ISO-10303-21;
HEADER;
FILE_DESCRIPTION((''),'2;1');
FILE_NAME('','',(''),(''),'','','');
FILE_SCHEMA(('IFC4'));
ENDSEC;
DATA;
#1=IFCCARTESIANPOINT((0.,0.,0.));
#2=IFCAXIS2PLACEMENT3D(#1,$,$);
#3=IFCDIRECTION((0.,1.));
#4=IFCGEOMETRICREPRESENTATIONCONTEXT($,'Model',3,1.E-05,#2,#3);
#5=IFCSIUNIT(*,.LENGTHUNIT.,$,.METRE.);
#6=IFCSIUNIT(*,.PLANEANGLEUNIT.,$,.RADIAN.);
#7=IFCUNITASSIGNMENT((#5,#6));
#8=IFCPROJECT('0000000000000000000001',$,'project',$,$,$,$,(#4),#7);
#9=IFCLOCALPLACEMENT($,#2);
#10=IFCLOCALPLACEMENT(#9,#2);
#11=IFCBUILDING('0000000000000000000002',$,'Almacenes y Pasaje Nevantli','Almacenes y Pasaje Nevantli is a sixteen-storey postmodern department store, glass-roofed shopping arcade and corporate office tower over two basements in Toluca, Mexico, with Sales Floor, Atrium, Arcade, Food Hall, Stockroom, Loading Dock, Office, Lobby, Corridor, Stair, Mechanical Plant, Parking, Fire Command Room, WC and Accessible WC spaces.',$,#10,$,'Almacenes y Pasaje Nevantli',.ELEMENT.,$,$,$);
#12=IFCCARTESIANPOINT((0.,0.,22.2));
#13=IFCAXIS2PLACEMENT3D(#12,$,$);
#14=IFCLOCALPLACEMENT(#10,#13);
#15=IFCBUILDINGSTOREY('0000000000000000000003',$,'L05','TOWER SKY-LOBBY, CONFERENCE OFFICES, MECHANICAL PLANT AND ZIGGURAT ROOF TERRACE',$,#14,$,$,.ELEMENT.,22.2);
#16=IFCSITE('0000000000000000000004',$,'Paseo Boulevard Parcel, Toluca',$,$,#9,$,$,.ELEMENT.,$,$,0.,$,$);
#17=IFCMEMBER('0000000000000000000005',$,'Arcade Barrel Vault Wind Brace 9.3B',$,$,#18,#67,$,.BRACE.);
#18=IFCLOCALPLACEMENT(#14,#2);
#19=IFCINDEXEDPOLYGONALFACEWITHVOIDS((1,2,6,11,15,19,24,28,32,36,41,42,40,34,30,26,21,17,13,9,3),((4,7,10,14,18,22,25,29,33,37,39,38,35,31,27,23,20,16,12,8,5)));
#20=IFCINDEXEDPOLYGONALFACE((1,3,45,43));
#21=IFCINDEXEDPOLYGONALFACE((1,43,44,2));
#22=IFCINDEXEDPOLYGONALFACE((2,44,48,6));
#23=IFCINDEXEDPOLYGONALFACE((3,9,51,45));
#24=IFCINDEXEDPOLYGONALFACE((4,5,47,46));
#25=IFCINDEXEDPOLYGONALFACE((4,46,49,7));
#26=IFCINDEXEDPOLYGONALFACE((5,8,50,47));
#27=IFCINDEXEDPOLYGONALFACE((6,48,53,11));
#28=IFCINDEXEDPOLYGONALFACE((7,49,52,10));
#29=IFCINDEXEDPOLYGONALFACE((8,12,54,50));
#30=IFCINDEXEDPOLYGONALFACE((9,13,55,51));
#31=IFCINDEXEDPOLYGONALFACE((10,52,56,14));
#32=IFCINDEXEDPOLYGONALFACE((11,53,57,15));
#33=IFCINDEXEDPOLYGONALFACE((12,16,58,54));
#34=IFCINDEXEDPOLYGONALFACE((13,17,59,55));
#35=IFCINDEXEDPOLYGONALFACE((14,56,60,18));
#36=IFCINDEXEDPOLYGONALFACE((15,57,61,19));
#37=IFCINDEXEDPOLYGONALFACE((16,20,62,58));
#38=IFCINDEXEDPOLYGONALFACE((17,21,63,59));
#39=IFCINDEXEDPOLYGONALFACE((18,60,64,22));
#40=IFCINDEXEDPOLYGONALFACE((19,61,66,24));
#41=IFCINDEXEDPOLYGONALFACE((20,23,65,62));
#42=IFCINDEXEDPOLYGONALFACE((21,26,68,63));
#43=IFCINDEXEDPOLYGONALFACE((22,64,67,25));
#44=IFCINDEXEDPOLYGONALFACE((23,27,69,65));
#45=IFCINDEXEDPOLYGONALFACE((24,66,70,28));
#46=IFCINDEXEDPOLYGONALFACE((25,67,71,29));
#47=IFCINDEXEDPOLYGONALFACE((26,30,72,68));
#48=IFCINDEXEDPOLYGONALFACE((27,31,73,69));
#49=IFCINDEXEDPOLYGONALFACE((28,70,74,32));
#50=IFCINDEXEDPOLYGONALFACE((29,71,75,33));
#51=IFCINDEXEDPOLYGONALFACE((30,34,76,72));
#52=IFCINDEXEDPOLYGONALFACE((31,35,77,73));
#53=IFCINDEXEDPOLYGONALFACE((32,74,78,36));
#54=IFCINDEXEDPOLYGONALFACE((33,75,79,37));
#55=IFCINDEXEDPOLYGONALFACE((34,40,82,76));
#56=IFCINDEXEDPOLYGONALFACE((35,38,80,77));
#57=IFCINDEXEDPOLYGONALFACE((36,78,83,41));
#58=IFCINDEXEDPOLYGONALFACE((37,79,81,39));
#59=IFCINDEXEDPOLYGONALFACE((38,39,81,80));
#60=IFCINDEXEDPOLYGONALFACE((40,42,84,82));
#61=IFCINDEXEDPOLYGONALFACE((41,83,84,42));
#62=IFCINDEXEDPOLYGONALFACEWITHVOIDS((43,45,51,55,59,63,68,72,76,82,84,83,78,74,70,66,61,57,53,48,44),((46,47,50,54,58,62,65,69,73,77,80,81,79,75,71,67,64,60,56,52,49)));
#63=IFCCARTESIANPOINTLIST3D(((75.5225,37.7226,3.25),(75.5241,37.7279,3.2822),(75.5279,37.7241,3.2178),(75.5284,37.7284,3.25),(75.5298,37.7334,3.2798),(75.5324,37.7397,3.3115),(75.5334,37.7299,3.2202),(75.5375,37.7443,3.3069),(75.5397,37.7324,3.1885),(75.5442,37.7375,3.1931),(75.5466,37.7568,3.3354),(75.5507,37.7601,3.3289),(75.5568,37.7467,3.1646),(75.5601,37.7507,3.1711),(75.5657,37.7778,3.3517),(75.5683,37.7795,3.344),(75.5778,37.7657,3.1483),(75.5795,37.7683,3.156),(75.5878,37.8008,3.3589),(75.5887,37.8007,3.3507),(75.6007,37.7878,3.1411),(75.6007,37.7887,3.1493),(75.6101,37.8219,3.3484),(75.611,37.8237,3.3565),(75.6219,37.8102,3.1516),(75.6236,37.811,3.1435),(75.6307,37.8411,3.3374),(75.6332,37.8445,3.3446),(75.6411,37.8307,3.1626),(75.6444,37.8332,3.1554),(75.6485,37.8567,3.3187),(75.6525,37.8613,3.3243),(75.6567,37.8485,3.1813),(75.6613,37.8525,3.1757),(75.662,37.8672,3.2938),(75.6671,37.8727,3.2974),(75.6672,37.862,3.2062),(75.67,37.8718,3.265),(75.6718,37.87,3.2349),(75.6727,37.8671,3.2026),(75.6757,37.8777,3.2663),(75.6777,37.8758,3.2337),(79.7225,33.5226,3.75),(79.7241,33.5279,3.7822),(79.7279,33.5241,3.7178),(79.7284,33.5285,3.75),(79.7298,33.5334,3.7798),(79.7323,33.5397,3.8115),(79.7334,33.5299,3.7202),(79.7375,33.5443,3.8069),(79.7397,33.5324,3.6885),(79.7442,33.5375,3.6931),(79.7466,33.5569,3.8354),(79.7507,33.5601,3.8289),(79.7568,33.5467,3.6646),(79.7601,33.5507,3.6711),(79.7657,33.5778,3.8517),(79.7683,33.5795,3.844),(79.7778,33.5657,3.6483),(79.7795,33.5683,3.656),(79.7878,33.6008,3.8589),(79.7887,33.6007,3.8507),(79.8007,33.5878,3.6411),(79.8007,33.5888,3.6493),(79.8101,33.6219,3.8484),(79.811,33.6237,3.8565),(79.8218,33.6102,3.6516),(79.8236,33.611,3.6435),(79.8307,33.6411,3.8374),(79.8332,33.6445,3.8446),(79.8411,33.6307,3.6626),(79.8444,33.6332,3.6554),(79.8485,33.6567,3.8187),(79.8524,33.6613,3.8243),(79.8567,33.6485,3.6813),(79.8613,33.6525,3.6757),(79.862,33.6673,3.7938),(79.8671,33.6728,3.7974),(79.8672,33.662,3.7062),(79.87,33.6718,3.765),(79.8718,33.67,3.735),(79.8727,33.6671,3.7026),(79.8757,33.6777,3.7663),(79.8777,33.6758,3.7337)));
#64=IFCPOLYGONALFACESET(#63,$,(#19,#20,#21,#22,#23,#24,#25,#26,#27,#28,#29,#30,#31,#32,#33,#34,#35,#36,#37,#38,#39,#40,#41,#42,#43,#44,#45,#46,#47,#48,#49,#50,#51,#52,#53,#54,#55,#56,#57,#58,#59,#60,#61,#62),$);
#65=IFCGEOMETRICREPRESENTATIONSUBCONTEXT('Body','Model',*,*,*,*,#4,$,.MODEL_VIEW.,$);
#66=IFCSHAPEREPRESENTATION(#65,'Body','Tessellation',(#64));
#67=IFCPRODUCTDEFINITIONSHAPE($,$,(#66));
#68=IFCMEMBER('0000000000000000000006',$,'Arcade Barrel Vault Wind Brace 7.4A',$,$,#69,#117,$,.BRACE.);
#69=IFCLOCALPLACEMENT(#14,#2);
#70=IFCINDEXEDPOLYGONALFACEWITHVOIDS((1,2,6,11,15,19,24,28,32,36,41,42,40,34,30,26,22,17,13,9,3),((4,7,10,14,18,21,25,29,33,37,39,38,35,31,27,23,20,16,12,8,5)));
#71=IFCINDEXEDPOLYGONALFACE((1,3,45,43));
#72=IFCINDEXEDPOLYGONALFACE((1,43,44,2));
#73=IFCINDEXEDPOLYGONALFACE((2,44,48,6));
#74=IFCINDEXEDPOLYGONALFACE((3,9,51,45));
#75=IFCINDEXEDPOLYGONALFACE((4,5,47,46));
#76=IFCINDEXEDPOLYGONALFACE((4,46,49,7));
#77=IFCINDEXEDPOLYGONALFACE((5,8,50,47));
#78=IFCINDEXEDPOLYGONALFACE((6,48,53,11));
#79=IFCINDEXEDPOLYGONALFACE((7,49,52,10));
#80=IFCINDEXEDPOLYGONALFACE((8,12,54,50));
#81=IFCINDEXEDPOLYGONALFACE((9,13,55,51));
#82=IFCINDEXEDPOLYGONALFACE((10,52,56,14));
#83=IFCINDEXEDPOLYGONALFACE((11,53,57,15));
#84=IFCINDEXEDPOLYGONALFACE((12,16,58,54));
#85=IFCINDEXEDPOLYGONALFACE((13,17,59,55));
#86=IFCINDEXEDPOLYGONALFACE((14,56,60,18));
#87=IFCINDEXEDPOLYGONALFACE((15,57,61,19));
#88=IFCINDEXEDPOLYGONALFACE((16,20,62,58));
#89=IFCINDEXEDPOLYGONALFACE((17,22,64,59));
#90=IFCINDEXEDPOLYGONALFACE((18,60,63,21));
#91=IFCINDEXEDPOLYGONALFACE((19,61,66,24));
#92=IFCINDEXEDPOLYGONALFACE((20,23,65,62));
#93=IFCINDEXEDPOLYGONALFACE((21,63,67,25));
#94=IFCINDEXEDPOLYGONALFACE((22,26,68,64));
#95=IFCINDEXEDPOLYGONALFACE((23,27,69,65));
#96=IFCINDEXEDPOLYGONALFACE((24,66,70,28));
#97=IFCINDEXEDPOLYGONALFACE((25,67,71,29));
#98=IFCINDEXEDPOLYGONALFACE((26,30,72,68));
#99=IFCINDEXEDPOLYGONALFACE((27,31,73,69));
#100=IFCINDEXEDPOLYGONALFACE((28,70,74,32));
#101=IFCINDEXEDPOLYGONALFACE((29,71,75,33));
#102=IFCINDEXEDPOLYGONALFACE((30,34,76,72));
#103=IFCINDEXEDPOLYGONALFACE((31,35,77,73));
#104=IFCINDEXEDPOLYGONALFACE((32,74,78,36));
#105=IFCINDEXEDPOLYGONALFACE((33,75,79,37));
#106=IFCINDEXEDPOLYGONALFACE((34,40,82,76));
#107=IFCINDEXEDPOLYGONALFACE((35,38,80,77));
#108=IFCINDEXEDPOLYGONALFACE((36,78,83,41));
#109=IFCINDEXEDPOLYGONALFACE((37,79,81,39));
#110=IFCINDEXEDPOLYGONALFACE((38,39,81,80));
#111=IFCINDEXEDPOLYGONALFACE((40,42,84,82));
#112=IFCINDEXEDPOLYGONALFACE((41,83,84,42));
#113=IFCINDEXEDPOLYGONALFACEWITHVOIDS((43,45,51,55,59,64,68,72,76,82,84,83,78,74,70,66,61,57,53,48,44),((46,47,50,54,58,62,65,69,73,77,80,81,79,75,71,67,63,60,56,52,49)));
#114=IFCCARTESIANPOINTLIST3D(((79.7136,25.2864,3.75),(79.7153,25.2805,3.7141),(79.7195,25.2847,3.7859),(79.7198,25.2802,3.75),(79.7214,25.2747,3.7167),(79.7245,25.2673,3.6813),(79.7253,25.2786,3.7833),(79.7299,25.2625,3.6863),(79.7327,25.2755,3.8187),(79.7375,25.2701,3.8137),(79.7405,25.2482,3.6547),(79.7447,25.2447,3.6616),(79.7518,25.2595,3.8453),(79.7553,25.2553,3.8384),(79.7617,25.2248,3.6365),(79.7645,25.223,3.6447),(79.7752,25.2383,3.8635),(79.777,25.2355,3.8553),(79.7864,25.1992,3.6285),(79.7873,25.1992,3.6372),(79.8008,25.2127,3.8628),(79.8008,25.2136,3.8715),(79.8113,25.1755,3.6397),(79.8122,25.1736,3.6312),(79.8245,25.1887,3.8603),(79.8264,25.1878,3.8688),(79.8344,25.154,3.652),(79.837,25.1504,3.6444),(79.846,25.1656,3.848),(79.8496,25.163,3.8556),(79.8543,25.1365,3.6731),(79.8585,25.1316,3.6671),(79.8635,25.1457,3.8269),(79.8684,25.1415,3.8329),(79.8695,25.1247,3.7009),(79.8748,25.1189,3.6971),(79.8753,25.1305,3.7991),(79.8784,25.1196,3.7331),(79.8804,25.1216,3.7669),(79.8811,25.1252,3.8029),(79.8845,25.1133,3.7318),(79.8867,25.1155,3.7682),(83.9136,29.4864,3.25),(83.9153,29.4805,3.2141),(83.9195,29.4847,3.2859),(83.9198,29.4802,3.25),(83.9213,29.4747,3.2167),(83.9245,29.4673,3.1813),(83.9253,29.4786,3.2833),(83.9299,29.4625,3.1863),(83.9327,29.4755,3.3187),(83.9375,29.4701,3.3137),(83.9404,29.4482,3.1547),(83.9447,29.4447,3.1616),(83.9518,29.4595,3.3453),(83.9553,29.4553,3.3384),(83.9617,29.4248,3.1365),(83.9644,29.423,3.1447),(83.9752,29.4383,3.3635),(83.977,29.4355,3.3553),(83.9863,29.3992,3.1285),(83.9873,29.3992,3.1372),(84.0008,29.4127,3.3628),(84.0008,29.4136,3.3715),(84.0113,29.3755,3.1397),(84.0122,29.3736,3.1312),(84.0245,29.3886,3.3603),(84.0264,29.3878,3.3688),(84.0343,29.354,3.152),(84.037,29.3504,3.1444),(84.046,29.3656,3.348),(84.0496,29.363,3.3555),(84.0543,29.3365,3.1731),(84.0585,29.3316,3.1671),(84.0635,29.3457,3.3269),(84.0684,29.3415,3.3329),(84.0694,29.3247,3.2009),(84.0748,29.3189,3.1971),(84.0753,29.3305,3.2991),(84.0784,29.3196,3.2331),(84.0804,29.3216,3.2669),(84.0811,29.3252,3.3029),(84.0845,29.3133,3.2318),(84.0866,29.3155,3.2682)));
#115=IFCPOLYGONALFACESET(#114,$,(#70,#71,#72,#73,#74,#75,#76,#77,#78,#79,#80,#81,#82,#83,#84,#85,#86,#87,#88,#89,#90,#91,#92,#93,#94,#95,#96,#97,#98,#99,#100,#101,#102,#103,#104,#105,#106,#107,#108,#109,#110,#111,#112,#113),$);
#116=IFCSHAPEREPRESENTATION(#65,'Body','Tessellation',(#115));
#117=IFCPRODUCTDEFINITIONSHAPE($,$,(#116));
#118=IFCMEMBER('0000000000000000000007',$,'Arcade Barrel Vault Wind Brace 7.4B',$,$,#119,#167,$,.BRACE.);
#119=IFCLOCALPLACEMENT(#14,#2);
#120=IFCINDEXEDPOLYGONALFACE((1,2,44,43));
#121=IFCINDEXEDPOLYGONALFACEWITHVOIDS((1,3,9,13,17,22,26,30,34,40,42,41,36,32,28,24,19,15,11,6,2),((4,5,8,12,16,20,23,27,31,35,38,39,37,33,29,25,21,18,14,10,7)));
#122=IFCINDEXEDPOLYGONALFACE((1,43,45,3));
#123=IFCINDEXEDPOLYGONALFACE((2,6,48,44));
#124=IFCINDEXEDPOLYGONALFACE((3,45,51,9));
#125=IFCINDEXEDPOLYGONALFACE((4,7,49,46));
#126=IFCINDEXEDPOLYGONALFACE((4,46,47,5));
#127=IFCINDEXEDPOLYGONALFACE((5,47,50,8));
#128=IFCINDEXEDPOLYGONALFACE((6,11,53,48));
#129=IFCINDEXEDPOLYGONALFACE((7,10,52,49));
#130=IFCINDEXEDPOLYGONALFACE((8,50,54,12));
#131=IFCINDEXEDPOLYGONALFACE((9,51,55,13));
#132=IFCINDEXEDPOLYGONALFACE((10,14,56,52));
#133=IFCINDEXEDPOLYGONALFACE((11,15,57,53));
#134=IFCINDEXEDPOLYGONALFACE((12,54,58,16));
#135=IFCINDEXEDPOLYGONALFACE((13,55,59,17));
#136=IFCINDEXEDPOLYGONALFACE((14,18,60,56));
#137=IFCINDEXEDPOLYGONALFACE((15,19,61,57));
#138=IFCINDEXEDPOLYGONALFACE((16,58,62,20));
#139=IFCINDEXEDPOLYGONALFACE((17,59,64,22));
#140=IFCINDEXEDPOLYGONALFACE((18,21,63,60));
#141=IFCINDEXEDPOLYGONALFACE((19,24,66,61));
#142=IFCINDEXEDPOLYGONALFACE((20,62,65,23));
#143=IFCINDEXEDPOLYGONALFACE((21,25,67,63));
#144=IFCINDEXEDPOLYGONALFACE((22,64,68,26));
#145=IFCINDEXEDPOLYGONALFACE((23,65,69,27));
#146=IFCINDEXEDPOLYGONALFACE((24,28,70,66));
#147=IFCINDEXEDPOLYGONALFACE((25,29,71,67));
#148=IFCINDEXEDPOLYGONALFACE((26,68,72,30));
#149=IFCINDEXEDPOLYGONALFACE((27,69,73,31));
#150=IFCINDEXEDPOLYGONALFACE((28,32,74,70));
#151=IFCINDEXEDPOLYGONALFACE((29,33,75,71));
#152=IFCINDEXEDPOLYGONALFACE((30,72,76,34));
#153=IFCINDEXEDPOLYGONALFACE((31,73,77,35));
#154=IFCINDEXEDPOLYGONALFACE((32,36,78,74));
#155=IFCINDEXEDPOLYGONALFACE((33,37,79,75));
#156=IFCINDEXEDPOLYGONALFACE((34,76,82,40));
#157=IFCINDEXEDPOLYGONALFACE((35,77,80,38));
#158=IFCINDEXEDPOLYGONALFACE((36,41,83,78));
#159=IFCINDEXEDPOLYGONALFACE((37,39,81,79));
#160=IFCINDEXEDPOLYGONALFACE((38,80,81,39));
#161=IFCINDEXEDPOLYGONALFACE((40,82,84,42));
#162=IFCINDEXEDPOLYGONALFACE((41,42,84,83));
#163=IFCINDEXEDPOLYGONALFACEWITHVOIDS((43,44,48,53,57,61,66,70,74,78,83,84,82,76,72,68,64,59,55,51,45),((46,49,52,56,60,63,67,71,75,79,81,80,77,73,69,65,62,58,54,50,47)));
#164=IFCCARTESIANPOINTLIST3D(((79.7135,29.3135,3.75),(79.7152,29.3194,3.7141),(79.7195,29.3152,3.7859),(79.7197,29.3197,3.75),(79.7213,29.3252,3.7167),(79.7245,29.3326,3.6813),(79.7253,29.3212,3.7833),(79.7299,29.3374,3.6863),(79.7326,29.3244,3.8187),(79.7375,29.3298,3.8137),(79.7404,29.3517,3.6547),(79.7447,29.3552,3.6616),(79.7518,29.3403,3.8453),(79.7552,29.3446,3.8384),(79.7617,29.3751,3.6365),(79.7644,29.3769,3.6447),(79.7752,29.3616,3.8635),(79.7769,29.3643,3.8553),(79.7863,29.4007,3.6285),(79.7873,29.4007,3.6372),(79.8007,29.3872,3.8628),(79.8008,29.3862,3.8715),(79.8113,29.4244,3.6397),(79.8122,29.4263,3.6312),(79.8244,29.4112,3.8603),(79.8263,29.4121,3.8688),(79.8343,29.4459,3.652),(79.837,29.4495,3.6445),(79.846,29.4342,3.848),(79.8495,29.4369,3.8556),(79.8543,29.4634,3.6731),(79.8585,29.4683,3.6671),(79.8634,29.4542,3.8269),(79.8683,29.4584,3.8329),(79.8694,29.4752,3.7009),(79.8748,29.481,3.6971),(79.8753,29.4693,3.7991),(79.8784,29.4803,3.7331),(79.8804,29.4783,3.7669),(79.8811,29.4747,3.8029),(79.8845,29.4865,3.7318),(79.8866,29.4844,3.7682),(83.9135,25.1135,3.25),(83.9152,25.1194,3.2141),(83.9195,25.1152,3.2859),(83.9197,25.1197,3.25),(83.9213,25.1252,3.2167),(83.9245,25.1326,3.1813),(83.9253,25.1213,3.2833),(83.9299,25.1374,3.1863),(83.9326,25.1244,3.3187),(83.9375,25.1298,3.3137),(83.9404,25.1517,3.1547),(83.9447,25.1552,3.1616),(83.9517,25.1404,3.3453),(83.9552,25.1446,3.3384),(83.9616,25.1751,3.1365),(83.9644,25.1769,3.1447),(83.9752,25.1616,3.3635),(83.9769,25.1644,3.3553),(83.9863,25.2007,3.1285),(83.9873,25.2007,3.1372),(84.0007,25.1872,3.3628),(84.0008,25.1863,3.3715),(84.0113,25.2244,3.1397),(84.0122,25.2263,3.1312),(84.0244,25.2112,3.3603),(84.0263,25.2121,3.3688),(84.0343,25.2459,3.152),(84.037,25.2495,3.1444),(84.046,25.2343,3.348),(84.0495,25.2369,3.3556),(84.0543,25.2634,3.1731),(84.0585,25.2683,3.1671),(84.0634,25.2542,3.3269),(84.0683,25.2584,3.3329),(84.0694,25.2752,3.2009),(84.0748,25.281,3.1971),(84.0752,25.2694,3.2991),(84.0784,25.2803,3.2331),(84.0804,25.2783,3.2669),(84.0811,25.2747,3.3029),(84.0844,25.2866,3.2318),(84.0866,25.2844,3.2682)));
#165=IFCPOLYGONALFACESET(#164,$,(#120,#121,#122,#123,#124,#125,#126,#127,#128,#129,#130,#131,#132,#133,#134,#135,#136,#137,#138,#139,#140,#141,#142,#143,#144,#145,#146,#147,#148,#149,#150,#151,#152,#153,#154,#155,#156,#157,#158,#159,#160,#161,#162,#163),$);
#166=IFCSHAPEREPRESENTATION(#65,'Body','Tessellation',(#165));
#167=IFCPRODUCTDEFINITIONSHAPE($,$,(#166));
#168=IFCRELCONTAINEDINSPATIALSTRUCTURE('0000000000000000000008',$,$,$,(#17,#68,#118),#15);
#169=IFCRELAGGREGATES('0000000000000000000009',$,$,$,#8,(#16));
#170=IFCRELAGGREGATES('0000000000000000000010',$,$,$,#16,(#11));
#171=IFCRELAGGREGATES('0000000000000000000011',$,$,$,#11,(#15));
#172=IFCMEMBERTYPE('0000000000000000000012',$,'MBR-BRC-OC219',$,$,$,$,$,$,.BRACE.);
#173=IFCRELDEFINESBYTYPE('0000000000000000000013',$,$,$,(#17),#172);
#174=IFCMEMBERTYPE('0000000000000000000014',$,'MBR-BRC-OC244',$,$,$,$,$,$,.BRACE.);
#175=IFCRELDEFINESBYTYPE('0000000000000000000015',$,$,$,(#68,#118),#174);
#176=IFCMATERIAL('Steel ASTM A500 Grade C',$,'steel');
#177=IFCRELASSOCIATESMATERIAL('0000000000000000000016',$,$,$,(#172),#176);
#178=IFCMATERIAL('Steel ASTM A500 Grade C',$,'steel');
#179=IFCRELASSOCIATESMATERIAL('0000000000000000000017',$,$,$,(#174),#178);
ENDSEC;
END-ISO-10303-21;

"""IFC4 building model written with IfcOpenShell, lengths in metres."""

from ifc_helpers import new_model, si_unit, direction, frame, origin, origin_2d, place, context, subcontext, project, spatial, hollow_circle, extrude, material, material_profile, profile_set, type_object, element, save


model = new_model("IFC4")

# Units and contexts
model_context = context("Model", 3, precision=1e-05, world=origin(), true_north=direction((0.0, 1.0)))
body_context = subcontext(model_context, "Body", "Model", "MODEL_VIEW")
ifc_project = project(units=[si_unit("LENGTHUNIT", "METRE"), si_unit("PLANEANGLEUNIT", "RADIAN")], contexts=[model_context])

# Site, building, storey
site_placement = place(None, origin())
site = spatial("IfcSite", under=ifc_project, at=site_placement, Name="Paseo Boulevard Parcel, Toluca", CompositionType="ELEMENT", RefElevation=0.0)
building_placement = place(site_placement, origin())
building = spatial("IfcBuilding", under=site, at=building_placement, Name="Almacenes y Pasaje Nevantli", Description="Almacenes y Pasaje Nevantli is a sixteen-storey postmodern department store, glass-roofed shopping arcade and corporate office tower over two basements in Toluca, Mexico, with Sales Floor, Atrium, Arcade, Food Hall, Stockroom, Loading Dock, Office, Lobby, Corridor, Stair, Mechanical Plant, Parking, Fire Command Room, WC and Accessible WC spaces.", LongName="Almacenes y Pasaje Nevantli", CompositionType="ELEMENT")
storey_placement = place(building_placement, frame((0.0, 0.0, 22.2)))
storey = spatial("IfcBuildingStorey", under=building, at=storey_placement, Name="L05", Description="TOWER SKY-LOBBY, CONFERENCE OFFICES, MECHANICAL PLANT AND ZIGGURAT ROOF TERRACE", CompositionType="ELEMENT", Elevation=22.2)

# Members
ifc_material_1 = material(Name="Steel ASTM A500 Grade C", Category="steel")
ifc_material_profile_1 = material_profile(ifc_material_1, hollow_circle(Radius=0.1096, WallThickness=0.0083, at=origin_2d()), Name="OC 219x8.2")
ifc_profile_set_1 = profile_set([ifc_material_profile_1], Name="Steel ASTM A500 Grade C")
member_type_1 = type_object("IfcMemberType", Name="MBR-BRC-OC219", PredefinedType="BRACE", material=ifc_profile_set_1)
for number, where, z_axis, x_axis, name in (
    (1, (79.8, 33.6001, 3.75), (-0.704615, 0.704615, -0.083884), (-0.707107, -0.707107, 0.0), "Arcade Barrel Vault Wind Brace 9.3B"),
):
    element("IfcMember", number, at=place(storey_placement, frame(where, z_axis=z_axis, x_axis=x_axis)), inside=storey, type_object=member_type_1, Name=name, PredefinedType="BRACE", context=body_context, shape_type="SweptSolid", body=[
        extrude(hollow_circle(Radius=0.1096, WallThickness=0.0083, at=origin_2d()), origin(), (0.0, 0.0, 1.0), 5.9607),
    ])
ifc_material_2 = material(Name="Steel ASTM A500 Grade C", Category="steel")
ifc_material_profile_2 = material_profile(ifc_material_2, hollow_circle(Radius=0.1223, WallThickness=0.0088, at=origin_2d()), Name="OC 244x8.9")
ifc_profile_set_2 = profile_set([ifc_material_profile_2], Name="Steel ASTM A500 Grade C")
member_type_2 = type_object("IfcMemberType", Name="MBR-BRC-OC244", PredefinedType="BRACE", material=ifc_profile_set_2)
for number, where, z_axis, x_axis, name in (
    (2, (79.8, 25.2, 3.75), (0.704615, 0.704615, -0.083884), (-0.707107, 0.707107, 0.0), "Arcade Barrel Vault Wind Brace 7.4A"),
    (3, (84.0, 25.2, 3.25), (-0.704615, 0.704615, 0.083884), (-0.707107, -0.707107, 0.0), "Arcade Barrel Vault Wind Brace 7.4B"),
):
    element("IfcMember", number, at=place(storey_placement, frame(where, z_axis=z_axis, x_axis=x_axis)), inside=storey, type_object=member_type_2, Name=name, PredefinedType="BRACE", context=body_context, shape_type="SweptSolid", body=[
        extrude(hollow_circle(Radius=0.1223, WallThickness=0.0088, at=origin_2d()), origin(), (0.0, 0.0, 1.0), 5.9607),
    ])

save(model, "model.ifc")
